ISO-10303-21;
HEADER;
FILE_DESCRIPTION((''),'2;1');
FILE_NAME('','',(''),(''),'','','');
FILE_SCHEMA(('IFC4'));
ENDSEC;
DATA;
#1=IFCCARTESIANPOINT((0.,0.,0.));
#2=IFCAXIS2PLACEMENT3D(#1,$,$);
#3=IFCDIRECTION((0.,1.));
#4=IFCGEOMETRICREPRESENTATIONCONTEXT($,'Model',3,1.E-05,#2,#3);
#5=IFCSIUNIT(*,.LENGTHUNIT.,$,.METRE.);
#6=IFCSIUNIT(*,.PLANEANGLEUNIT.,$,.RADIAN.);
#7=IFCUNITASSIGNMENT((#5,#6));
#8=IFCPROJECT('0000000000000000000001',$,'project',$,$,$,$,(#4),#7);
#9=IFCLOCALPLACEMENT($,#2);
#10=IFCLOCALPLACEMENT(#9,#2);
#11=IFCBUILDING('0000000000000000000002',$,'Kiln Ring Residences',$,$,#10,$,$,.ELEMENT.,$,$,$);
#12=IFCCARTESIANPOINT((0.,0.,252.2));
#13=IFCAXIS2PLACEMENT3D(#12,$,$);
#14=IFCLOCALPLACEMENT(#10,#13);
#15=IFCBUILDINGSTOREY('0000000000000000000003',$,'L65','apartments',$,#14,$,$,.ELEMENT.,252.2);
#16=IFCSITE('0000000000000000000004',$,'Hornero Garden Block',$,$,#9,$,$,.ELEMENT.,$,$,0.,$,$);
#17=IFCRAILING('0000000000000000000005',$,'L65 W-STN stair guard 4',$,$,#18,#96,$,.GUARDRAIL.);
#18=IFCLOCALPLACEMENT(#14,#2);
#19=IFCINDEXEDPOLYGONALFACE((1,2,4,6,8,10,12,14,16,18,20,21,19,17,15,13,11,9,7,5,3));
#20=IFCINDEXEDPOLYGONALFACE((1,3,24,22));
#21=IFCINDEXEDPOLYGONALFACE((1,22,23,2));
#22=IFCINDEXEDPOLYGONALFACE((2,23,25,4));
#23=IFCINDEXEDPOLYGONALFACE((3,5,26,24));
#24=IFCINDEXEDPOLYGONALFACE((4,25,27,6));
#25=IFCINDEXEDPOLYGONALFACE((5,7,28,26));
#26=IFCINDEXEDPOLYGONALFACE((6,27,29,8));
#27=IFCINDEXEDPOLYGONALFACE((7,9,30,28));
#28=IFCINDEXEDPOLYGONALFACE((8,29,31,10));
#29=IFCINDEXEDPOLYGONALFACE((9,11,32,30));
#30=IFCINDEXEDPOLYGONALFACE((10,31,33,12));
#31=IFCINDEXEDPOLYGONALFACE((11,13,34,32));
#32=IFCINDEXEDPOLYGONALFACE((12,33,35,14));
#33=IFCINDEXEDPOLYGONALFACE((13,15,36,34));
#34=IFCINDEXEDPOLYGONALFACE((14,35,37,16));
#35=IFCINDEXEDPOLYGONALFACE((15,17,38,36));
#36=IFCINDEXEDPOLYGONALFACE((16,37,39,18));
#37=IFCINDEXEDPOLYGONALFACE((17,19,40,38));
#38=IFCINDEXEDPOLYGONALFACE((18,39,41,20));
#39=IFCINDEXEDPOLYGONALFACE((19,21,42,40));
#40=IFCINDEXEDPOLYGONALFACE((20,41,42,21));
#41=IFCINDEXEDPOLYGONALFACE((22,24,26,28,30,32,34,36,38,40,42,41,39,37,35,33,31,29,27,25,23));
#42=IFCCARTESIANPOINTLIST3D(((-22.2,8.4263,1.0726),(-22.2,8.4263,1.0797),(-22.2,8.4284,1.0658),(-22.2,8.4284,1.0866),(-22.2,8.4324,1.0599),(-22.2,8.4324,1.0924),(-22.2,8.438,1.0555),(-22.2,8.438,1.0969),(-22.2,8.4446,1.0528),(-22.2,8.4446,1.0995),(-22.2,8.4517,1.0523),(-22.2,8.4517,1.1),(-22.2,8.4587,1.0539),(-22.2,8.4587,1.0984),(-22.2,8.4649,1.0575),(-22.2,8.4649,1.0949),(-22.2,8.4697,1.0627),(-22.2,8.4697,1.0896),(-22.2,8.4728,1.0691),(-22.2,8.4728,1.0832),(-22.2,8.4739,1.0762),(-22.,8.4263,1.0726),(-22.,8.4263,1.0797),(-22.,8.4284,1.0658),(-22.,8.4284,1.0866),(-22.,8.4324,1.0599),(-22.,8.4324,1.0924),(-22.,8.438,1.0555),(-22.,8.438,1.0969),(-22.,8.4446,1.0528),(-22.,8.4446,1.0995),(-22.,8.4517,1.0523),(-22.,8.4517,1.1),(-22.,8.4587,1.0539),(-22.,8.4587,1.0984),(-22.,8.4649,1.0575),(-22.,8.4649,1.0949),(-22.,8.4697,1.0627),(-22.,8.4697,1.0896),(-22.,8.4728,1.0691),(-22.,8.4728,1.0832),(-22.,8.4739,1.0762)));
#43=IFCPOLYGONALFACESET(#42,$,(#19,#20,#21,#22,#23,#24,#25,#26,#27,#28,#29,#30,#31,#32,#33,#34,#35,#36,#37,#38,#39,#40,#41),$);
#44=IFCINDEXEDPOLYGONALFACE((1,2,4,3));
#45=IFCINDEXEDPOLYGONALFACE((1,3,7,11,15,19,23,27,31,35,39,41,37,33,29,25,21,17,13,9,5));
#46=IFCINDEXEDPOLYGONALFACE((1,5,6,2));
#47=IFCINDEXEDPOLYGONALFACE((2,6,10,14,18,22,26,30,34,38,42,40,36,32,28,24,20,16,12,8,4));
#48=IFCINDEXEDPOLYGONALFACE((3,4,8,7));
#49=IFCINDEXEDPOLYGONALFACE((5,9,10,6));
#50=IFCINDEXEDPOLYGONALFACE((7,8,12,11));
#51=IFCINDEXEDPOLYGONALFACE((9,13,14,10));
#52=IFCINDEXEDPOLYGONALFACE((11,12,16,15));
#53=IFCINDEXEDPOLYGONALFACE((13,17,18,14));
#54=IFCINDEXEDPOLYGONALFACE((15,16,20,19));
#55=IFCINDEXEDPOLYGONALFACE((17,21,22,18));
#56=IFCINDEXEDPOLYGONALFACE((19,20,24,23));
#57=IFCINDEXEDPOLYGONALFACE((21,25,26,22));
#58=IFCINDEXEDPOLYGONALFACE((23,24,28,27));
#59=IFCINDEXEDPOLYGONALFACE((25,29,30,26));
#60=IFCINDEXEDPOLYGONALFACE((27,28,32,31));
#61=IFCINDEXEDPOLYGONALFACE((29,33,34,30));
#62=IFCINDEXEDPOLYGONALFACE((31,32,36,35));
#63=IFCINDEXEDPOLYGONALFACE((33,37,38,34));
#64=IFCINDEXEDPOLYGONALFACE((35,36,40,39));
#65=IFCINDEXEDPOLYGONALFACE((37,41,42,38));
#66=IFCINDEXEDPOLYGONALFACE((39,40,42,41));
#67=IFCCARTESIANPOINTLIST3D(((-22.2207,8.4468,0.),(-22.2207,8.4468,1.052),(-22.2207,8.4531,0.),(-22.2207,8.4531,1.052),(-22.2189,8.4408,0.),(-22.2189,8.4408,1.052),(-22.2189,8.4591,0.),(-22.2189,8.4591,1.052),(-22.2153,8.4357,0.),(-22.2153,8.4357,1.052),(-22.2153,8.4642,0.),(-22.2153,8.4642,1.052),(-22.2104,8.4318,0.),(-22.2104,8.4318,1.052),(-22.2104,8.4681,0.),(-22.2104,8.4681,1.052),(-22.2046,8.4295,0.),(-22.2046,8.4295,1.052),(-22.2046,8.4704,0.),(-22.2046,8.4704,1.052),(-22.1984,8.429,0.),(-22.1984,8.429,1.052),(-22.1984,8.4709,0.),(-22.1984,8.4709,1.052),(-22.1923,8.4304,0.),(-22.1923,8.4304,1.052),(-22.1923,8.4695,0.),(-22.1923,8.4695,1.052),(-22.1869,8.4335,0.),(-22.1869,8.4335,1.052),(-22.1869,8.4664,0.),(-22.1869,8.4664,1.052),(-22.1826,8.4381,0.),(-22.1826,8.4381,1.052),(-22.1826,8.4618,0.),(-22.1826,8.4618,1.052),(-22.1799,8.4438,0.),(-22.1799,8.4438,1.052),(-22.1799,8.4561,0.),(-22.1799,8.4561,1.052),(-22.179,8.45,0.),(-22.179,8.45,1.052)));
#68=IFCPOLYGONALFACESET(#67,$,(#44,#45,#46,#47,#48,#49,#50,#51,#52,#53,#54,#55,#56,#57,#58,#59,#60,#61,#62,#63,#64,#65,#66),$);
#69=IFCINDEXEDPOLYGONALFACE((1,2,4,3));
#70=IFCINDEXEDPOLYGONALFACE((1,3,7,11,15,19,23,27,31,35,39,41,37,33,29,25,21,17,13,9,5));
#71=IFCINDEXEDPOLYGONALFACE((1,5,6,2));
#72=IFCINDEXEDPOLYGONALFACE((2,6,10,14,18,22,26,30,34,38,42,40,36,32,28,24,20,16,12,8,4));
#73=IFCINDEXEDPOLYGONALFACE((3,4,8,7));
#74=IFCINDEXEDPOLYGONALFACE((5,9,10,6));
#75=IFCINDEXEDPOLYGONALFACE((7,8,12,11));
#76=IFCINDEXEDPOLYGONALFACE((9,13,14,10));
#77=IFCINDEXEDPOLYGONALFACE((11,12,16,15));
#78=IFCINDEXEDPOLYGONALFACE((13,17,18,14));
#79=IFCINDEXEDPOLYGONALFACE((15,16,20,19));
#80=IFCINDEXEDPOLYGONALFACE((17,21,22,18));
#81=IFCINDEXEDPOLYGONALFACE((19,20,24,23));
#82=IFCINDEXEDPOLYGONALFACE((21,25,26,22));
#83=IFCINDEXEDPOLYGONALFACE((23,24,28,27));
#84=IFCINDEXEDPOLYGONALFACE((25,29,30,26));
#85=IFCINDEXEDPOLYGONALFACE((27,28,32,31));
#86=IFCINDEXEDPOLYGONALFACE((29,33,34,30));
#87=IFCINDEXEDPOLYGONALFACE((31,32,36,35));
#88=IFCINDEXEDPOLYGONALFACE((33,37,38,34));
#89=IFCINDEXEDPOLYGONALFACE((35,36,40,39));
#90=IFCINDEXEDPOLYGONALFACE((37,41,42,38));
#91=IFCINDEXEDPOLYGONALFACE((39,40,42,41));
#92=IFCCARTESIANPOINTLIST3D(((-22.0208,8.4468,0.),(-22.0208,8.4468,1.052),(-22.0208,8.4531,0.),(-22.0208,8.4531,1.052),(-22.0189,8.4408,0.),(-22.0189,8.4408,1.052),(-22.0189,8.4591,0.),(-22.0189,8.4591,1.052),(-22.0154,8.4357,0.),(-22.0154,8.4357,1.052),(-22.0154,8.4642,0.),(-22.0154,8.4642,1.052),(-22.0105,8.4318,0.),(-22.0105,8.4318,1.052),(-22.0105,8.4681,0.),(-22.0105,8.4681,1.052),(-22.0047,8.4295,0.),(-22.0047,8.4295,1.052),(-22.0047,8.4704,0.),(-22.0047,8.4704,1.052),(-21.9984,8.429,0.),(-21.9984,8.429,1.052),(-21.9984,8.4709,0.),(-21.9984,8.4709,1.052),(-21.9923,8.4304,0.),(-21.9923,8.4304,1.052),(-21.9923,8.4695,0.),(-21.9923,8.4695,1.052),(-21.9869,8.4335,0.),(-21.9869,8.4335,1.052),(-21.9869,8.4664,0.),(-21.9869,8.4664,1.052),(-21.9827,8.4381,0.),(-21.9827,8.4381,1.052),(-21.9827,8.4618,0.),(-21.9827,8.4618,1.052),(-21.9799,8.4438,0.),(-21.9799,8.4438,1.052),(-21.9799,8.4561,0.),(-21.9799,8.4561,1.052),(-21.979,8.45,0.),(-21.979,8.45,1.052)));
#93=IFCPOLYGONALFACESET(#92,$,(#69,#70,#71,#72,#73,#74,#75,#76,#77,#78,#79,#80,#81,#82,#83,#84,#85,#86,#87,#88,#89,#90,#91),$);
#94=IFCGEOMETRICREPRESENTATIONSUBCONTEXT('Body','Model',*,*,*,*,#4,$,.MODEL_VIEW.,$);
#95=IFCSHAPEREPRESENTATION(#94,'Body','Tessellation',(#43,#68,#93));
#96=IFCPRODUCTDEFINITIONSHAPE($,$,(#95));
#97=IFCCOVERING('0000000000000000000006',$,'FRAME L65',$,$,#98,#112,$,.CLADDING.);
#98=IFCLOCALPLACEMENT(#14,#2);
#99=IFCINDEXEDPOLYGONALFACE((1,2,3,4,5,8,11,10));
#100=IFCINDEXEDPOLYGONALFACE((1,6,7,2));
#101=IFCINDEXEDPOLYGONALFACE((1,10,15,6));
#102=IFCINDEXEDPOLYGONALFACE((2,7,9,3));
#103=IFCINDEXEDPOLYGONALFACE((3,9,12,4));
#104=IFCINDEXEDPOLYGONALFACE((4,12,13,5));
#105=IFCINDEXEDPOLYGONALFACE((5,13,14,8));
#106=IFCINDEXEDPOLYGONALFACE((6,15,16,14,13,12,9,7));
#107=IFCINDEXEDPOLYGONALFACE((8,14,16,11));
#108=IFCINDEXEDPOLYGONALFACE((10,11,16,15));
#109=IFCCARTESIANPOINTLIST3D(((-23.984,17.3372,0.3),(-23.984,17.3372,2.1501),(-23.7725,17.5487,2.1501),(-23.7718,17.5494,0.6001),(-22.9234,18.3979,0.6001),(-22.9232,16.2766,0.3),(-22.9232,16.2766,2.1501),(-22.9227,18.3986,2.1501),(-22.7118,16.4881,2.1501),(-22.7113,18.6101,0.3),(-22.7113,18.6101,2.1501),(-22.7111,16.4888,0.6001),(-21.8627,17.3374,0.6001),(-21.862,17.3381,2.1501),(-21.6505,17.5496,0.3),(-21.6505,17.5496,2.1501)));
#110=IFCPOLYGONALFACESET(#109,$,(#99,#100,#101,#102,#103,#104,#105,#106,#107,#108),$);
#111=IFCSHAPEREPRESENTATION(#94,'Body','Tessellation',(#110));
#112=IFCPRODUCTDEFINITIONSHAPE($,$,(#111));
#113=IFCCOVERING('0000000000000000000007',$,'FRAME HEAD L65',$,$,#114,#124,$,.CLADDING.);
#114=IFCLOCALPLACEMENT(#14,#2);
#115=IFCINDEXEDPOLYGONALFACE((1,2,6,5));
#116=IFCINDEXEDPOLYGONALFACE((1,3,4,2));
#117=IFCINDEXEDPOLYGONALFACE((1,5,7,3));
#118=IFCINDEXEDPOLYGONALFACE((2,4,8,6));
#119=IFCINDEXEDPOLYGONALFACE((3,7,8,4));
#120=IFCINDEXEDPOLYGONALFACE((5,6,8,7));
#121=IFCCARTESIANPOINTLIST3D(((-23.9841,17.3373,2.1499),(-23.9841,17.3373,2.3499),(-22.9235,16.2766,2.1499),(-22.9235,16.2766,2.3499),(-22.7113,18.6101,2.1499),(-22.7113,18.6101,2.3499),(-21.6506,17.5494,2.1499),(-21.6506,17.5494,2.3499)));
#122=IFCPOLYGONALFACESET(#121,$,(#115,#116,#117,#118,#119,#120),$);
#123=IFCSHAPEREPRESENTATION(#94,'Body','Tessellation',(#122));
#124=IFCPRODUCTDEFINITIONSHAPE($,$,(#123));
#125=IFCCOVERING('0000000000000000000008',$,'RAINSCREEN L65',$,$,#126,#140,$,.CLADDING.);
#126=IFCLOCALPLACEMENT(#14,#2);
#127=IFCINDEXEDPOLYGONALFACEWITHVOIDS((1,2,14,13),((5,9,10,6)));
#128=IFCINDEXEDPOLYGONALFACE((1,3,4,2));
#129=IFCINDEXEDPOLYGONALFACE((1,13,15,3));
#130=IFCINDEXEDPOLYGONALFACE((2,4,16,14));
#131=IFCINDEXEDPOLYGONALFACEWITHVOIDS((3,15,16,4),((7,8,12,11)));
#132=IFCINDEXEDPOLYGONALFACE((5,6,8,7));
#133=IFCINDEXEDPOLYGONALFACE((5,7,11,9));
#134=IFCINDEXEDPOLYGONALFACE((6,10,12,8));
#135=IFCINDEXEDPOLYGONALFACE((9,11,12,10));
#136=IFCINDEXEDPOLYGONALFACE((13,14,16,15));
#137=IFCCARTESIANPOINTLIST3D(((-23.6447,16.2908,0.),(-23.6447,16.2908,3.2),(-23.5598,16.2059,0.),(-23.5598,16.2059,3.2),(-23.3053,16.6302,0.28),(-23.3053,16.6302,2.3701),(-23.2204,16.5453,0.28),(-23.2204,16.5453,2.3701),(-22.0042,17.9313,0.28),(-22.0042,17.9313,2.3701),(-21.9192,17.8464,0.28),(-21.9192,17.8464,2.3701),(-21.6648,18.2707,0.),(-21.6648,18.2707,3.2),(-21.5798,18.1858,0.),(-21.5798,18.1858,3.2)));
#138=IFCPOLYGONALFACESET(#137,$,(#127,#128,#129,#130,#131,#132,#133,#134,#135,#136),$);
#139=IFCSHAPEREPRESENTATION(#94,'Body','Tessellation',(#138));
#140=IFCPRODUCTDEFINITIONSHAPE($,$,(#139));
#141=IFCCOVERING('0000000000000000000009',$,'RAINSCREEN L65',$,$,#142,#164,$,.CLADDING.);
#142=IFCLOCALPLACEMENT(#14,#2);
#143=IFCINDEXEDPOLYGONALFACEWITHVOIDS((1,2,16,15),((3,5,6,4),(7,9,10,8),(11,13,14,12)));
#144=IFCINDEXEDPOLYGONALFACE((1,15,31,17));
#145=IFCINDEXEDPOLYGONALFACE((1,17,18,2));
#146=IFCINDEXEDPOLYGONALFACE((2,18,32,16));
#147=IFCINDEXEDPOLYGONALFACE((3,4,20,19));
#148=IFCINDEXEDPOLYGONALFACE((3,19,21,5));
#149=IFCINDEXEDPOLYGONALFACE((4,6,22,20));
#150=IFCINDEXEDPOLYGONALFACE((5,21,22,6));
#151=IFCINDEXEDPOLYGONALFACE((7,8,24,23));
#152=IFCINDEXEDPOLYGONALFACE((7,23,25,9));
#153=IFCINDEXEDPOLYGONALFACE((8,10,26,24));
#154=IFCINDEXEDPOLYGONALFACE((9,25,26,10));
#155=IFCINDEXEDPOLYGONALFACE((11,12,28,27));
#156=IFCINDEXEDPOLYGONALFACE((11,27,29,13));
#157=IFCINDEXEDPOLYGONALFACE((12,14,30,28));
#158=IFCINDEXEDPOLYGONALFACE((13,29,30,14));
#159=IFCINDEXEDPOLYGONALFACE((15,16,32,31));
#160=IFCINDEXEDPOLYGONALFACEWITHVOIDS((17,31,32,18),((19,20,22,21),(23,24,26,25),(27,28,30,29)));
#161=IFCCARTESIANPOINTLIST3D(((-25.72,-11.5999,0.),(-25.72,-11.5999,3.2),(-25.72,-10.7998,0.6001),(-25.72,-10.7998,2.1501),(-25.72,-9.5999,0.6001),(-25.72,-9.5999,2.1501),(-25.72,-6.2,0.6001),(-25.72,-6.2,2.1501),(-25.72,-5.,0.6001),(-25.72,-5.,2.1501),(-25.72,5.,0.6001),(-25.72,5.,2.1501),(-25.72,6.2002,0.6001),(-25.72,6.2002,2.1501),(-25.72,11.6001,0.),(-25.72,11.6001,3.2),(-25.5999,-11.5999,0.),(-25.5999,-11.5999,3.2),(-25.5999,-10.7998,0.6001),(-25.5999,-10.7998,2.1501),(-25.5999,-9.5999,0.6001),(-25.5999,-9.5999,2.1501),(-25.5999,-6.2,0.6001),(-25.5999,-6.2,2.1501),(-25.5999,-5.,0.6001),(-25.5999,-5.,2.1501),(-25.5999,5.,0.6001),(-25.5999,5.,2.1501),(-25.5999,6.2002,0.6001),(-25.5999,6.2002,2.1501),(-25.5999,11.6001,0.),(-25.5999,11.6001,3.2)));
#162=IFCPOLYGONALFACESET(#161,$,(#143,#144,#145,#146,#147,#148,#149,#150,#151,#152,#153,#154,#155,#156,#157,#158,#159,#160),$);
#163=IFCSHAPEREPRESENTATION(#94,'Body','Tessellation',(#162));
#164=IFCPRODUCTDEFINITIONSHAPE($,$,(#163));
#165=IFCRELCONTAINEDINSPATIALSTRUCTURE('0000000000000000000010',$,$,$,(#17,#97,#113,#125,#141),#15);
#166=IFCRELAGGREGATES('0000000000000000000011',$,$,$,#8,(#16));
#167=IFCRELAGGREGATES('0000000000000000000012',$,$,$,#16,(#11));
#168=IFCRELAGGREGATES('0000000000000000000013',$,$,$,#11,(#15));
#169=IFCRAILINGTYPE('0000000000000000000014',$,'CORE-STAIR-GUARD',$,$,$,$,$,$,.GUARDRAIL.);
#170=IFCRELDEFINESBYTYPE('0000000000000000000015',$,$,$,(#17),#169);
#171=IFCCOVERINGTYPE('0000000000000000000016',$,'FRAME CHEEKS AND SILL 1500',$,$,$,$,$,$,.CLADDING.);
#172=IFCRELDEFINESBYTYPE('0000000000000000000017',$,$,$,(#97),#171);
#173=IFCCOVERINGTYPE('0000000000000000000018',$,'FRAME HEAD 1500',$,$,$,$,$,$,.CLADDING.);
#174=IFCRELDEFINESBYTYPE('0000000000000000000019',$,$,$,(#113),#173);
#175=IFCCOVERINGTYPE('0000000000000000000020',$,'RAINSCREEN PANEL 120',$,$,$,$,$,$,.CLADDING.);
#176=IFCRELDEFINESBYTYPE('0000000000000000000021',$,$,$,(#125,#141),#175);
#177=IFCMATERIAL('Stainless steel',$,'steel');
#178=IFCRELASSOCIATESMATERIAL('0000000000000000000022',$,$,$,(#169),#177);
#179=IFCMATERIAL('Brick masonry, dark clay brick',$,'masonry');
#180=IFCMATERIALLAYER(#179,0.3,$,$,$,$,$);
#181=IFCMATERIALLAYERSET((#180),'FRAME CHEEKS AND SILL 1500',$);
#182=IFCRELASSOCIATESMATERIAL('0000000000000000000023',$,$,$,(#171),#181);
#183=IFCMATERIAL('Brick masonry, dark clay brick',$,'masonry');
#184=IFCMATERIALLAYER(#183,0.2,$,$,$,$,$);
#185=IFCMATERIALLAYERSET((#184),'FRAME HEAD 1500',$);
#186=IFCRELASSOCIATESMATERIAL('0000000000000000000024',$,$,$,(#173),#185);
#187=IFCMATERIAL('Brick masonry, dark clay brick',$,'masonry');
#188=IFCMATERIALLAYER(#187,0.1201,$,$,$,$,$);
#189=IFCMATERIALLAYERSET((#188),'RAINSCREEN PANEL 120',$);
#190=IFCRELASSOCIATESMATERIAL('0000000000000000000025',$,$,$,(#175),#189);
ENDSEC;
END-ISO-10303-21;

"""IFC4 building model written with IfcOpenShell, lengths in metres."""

from ifc_helpers import new_model, si_unit, direction, frame, origin, origin_2d, place, context, subcontext, project, spatial, polyline, rectangle, circle, outline, extrude, material, layer, layer_set, type_object, element, save


model = new_model("IFC4")

# Units and contexts
model_context = context("Model", 3, precision=1e-05, world=origin(), true_north=direction((0.0, 1.0)))
body_context = subcontext(model_context, "Body", "Model", "MODEL_VIEW")
ifc_project = project(units=[si_unit("LENGTHUNIT", "METRE"), si_unit("PLANEANGLEUNIT", "RADIAN")], contexts=[model_context])

# Site, building, storey
site_placement = place(None, origin())
site = spatial("IfcSite", under=ifc_project, at=site_placement, Name="Hornero Garden Block", CompositionType="ELEMENT", RefElevation=0.0)
building_placement = place(site_placement, origin())
building = spatial("IfcBuilding", under=site, at=building_placement, Name="Kiln Ring Residences", CompositionType="ELEMENT")
storey_placement = place(building_placement, frame((0.0, 0.0, 252.2)))
storey = spatial("IfcBuildingStorey", under=building, at=storey_placement, Name="L65", Description="apartments", CompositionType="ELEMENT", Elevation=252.2)

# Railing
ifc_material_1 = material(Name="Stainless steel", Category="steel")
railing_type = type_object("IfcRailingType", Name="CORE-STAIR-GUARD", PredefinedType="GUARDRAIL", material=ifc_material_1)
railing_1_placement = place(storey_placement, frame((-22.2, 8.45, 0.0)))
element("IfcRailing", 1, at=railing_1_placement, inside=storey, type_object=railing_type, Name="L65 W-STN stair guard 4", PredefinedType="GUARDRAIL", context=body_context, shape_type="SweptSolid", body=[
    extrude(circle(Radius=0.0239, at=origin_2d()), frame((0.0, 0.0, 1.0762), z_axis=(1.0, 0.0, 0.0), x_axis=(0.0, 1.0, 0.0)), (0.0, 0.0, 1.0), 0.2),
    extrude(circle(Radius=0.021, at=origin_2d()), origin(), (0.0, 0.0, 1.0), 1.052),
    extrude(circle(Radius=0.021, at=origin_2d()), frame((0.2, 0.0, 0.0)), (0.0, 0.0, 1.0), 1.052),
])

# Coverings
ifc_material_2 = material(Name="Brick masonry, dark clay brick", Category="masonry")
ifc_layer_1 = layer(ifc_material_2, 0.3)
ifc_layer_set_1 = layer_set([ifc_layer_1], Name="FRAME CHEEKS AND SILL 1500")
covering_type_1 = type_object("IfcCoveringType", Name="FRAME CHEEKS AND SILL 1500", PredefinedType="CLADDING", material=ifc_layer_set_1)
covering_1_placement = place(storey_placement, frame((-22.1809, 18.0798, 0.3), z_axis=(0.0, 0.0, 1.0), x_axis=(-0.707039, -0.707175, 0.0)))
element("IfcCovering", 2, at=covering_1_placement, inside=storey, type_object=covering_type_1, Name="FRAME L65", PredefinedType="CLADDING", context=body_context, shape_type="SweptSolid", body=[
    extrude(outline(polyline([(0.0, 0.0), (1.8, 0.0), (1.8, 1.8501), (1.501, 1.8501), (1.5, 0.3), (0.3, 0.3), (0.2991, 1.8501), (0.0, 1.8501), (0.0, 0.0)])), frame((0.0, 0.75, 0.0), z_axis=(0.0, -1.0, 0.0), x_axis=(1.0, 0.0, 0.0)), (0.0, 0.0, 1.0), 1.5),
])
ifc_material_3 = material(Name="Brick masonry, dark clay brick", Category="masonry")
ifc_layer_2 = layer(ifc_material_3, 0.2)
ifc_layer_set_2 = layer_set([ifc_layer_2], Name="FRAME HEAD 1500")
covering_type_2 = type_object("IfcCoveringType", Name="FRAME HEAD 1500", PredefinedType="CLADDING", material=ifc_layer_set_2)
covering_2_placement = place(storey_placement, frame((-22.8174, 17.4434, 2.1499), z_axis=(0.0, 0.0, 1.0), x_axis=(-0.707107, -0.707107, 0.0)))
element("IfcCovering", 3, at=covering_2_placement, inside=storey, type_object=covering_type_2, Name="FRAME HEAD L65", PredefinedType="CLADDING", context=body_context, shape_type="SweptSolid", body=[
    extrude(rectangle(XDim=1.8, YDim=1.5, at=origin_2d()), origin(), (0.0, 0.0, 1.0), 0.2),
])
ifc_material_4 = material(Name="Brick masonry, dark clay brick", Category="masonry")
ifc_layer_3 = layer(ifc_material_4, 0.1201)
ifc_layer_set_3 = layer_set([ifc_layer_3], Name="RAINSCREEN PANEL 120")
covering_type_3 = type_object("IfcCoveringType", Name="RAINSCREEN PANEL 120", PredefinedType="CLADDING", material=ifc_layer_set_3)
covering_3_placement = place(storey_placement, frame((-21.6223, 18.2283, 0.0), z_axis=(0.0, 0.0, 1.0), x_axis=(-0.707107, -0.707107, 0.0)))
element("IfcCovering", 4, at=covering_3_placement, inside=storey, type_object=covering_type_3, Name="RAINSCREEN L65", PredefinedType="CLADDING", context=body_context, shape_type="SweptSolid", body=[
    extrude(outline(polyline([(0.0, 0.0), (2.8, 0.0), (2.8, 3.2), (0.0, 3.2), (0.0, 0.0)]), holes=[polyline([(0.48, 2.3701), (0.48, 0.28), (2.3201, 0.28), (2.3201, 2.3701), (0.48, 2.3701)])]), frame((0.0, 0.0601, 0.0), z_axis=(0.0, -1.0, 0.0), x_axis=(1.0, 0.0, 0.0)), (0.0, 0.0, 1.0), 0.1201),
])
covering_4_placement = place(storey_placement, frame((-25.6599, 11.6001, 0.0), z_axis=(0.0, 0.0, 1.0), x_axis=(0.0, -1.0, 0.0)))
element("IfcCovering", 5, at=covering_4_placement, inside=storey, type_object=covering_type_3, Name="RAINSCREEN L65", PredefinedType="CLADDING", context=body_context, shape_type="SweptSolid", body=[
    extrude(outline(polyline([(0.0, 0.0), (23.2, 0.0), (23.2, 3.2), (0.0, 3.2), (0.0, 0.0)]), holes=[polyline([(6.6001, 2.1501), (5.3999, 2.1501), (5.3999, 0.6001), (6.6001, 0.6001), (6.6001, 2.1501)]), polyline([(17.8, 0.6001), (17.8, 2.1501), (16.6001, 2.1501), (16.6001, 0.6001), (17.8, 0.6001)]), polyline([(22.3999, 0.6001), (22.3999, 2.1501), (21.2, 2.1501), (21.2, 0.6001), (22.3999, 0.6001)])]), frame((0.0, 0.0601, 0.0), z_axis=(0.0, -1.0, 0.0), x_axis=(1.0, 0.0, 0.0)), (0.0, 0.0, 1.0), 0.1201),
])

save(model, "model.ifc")
